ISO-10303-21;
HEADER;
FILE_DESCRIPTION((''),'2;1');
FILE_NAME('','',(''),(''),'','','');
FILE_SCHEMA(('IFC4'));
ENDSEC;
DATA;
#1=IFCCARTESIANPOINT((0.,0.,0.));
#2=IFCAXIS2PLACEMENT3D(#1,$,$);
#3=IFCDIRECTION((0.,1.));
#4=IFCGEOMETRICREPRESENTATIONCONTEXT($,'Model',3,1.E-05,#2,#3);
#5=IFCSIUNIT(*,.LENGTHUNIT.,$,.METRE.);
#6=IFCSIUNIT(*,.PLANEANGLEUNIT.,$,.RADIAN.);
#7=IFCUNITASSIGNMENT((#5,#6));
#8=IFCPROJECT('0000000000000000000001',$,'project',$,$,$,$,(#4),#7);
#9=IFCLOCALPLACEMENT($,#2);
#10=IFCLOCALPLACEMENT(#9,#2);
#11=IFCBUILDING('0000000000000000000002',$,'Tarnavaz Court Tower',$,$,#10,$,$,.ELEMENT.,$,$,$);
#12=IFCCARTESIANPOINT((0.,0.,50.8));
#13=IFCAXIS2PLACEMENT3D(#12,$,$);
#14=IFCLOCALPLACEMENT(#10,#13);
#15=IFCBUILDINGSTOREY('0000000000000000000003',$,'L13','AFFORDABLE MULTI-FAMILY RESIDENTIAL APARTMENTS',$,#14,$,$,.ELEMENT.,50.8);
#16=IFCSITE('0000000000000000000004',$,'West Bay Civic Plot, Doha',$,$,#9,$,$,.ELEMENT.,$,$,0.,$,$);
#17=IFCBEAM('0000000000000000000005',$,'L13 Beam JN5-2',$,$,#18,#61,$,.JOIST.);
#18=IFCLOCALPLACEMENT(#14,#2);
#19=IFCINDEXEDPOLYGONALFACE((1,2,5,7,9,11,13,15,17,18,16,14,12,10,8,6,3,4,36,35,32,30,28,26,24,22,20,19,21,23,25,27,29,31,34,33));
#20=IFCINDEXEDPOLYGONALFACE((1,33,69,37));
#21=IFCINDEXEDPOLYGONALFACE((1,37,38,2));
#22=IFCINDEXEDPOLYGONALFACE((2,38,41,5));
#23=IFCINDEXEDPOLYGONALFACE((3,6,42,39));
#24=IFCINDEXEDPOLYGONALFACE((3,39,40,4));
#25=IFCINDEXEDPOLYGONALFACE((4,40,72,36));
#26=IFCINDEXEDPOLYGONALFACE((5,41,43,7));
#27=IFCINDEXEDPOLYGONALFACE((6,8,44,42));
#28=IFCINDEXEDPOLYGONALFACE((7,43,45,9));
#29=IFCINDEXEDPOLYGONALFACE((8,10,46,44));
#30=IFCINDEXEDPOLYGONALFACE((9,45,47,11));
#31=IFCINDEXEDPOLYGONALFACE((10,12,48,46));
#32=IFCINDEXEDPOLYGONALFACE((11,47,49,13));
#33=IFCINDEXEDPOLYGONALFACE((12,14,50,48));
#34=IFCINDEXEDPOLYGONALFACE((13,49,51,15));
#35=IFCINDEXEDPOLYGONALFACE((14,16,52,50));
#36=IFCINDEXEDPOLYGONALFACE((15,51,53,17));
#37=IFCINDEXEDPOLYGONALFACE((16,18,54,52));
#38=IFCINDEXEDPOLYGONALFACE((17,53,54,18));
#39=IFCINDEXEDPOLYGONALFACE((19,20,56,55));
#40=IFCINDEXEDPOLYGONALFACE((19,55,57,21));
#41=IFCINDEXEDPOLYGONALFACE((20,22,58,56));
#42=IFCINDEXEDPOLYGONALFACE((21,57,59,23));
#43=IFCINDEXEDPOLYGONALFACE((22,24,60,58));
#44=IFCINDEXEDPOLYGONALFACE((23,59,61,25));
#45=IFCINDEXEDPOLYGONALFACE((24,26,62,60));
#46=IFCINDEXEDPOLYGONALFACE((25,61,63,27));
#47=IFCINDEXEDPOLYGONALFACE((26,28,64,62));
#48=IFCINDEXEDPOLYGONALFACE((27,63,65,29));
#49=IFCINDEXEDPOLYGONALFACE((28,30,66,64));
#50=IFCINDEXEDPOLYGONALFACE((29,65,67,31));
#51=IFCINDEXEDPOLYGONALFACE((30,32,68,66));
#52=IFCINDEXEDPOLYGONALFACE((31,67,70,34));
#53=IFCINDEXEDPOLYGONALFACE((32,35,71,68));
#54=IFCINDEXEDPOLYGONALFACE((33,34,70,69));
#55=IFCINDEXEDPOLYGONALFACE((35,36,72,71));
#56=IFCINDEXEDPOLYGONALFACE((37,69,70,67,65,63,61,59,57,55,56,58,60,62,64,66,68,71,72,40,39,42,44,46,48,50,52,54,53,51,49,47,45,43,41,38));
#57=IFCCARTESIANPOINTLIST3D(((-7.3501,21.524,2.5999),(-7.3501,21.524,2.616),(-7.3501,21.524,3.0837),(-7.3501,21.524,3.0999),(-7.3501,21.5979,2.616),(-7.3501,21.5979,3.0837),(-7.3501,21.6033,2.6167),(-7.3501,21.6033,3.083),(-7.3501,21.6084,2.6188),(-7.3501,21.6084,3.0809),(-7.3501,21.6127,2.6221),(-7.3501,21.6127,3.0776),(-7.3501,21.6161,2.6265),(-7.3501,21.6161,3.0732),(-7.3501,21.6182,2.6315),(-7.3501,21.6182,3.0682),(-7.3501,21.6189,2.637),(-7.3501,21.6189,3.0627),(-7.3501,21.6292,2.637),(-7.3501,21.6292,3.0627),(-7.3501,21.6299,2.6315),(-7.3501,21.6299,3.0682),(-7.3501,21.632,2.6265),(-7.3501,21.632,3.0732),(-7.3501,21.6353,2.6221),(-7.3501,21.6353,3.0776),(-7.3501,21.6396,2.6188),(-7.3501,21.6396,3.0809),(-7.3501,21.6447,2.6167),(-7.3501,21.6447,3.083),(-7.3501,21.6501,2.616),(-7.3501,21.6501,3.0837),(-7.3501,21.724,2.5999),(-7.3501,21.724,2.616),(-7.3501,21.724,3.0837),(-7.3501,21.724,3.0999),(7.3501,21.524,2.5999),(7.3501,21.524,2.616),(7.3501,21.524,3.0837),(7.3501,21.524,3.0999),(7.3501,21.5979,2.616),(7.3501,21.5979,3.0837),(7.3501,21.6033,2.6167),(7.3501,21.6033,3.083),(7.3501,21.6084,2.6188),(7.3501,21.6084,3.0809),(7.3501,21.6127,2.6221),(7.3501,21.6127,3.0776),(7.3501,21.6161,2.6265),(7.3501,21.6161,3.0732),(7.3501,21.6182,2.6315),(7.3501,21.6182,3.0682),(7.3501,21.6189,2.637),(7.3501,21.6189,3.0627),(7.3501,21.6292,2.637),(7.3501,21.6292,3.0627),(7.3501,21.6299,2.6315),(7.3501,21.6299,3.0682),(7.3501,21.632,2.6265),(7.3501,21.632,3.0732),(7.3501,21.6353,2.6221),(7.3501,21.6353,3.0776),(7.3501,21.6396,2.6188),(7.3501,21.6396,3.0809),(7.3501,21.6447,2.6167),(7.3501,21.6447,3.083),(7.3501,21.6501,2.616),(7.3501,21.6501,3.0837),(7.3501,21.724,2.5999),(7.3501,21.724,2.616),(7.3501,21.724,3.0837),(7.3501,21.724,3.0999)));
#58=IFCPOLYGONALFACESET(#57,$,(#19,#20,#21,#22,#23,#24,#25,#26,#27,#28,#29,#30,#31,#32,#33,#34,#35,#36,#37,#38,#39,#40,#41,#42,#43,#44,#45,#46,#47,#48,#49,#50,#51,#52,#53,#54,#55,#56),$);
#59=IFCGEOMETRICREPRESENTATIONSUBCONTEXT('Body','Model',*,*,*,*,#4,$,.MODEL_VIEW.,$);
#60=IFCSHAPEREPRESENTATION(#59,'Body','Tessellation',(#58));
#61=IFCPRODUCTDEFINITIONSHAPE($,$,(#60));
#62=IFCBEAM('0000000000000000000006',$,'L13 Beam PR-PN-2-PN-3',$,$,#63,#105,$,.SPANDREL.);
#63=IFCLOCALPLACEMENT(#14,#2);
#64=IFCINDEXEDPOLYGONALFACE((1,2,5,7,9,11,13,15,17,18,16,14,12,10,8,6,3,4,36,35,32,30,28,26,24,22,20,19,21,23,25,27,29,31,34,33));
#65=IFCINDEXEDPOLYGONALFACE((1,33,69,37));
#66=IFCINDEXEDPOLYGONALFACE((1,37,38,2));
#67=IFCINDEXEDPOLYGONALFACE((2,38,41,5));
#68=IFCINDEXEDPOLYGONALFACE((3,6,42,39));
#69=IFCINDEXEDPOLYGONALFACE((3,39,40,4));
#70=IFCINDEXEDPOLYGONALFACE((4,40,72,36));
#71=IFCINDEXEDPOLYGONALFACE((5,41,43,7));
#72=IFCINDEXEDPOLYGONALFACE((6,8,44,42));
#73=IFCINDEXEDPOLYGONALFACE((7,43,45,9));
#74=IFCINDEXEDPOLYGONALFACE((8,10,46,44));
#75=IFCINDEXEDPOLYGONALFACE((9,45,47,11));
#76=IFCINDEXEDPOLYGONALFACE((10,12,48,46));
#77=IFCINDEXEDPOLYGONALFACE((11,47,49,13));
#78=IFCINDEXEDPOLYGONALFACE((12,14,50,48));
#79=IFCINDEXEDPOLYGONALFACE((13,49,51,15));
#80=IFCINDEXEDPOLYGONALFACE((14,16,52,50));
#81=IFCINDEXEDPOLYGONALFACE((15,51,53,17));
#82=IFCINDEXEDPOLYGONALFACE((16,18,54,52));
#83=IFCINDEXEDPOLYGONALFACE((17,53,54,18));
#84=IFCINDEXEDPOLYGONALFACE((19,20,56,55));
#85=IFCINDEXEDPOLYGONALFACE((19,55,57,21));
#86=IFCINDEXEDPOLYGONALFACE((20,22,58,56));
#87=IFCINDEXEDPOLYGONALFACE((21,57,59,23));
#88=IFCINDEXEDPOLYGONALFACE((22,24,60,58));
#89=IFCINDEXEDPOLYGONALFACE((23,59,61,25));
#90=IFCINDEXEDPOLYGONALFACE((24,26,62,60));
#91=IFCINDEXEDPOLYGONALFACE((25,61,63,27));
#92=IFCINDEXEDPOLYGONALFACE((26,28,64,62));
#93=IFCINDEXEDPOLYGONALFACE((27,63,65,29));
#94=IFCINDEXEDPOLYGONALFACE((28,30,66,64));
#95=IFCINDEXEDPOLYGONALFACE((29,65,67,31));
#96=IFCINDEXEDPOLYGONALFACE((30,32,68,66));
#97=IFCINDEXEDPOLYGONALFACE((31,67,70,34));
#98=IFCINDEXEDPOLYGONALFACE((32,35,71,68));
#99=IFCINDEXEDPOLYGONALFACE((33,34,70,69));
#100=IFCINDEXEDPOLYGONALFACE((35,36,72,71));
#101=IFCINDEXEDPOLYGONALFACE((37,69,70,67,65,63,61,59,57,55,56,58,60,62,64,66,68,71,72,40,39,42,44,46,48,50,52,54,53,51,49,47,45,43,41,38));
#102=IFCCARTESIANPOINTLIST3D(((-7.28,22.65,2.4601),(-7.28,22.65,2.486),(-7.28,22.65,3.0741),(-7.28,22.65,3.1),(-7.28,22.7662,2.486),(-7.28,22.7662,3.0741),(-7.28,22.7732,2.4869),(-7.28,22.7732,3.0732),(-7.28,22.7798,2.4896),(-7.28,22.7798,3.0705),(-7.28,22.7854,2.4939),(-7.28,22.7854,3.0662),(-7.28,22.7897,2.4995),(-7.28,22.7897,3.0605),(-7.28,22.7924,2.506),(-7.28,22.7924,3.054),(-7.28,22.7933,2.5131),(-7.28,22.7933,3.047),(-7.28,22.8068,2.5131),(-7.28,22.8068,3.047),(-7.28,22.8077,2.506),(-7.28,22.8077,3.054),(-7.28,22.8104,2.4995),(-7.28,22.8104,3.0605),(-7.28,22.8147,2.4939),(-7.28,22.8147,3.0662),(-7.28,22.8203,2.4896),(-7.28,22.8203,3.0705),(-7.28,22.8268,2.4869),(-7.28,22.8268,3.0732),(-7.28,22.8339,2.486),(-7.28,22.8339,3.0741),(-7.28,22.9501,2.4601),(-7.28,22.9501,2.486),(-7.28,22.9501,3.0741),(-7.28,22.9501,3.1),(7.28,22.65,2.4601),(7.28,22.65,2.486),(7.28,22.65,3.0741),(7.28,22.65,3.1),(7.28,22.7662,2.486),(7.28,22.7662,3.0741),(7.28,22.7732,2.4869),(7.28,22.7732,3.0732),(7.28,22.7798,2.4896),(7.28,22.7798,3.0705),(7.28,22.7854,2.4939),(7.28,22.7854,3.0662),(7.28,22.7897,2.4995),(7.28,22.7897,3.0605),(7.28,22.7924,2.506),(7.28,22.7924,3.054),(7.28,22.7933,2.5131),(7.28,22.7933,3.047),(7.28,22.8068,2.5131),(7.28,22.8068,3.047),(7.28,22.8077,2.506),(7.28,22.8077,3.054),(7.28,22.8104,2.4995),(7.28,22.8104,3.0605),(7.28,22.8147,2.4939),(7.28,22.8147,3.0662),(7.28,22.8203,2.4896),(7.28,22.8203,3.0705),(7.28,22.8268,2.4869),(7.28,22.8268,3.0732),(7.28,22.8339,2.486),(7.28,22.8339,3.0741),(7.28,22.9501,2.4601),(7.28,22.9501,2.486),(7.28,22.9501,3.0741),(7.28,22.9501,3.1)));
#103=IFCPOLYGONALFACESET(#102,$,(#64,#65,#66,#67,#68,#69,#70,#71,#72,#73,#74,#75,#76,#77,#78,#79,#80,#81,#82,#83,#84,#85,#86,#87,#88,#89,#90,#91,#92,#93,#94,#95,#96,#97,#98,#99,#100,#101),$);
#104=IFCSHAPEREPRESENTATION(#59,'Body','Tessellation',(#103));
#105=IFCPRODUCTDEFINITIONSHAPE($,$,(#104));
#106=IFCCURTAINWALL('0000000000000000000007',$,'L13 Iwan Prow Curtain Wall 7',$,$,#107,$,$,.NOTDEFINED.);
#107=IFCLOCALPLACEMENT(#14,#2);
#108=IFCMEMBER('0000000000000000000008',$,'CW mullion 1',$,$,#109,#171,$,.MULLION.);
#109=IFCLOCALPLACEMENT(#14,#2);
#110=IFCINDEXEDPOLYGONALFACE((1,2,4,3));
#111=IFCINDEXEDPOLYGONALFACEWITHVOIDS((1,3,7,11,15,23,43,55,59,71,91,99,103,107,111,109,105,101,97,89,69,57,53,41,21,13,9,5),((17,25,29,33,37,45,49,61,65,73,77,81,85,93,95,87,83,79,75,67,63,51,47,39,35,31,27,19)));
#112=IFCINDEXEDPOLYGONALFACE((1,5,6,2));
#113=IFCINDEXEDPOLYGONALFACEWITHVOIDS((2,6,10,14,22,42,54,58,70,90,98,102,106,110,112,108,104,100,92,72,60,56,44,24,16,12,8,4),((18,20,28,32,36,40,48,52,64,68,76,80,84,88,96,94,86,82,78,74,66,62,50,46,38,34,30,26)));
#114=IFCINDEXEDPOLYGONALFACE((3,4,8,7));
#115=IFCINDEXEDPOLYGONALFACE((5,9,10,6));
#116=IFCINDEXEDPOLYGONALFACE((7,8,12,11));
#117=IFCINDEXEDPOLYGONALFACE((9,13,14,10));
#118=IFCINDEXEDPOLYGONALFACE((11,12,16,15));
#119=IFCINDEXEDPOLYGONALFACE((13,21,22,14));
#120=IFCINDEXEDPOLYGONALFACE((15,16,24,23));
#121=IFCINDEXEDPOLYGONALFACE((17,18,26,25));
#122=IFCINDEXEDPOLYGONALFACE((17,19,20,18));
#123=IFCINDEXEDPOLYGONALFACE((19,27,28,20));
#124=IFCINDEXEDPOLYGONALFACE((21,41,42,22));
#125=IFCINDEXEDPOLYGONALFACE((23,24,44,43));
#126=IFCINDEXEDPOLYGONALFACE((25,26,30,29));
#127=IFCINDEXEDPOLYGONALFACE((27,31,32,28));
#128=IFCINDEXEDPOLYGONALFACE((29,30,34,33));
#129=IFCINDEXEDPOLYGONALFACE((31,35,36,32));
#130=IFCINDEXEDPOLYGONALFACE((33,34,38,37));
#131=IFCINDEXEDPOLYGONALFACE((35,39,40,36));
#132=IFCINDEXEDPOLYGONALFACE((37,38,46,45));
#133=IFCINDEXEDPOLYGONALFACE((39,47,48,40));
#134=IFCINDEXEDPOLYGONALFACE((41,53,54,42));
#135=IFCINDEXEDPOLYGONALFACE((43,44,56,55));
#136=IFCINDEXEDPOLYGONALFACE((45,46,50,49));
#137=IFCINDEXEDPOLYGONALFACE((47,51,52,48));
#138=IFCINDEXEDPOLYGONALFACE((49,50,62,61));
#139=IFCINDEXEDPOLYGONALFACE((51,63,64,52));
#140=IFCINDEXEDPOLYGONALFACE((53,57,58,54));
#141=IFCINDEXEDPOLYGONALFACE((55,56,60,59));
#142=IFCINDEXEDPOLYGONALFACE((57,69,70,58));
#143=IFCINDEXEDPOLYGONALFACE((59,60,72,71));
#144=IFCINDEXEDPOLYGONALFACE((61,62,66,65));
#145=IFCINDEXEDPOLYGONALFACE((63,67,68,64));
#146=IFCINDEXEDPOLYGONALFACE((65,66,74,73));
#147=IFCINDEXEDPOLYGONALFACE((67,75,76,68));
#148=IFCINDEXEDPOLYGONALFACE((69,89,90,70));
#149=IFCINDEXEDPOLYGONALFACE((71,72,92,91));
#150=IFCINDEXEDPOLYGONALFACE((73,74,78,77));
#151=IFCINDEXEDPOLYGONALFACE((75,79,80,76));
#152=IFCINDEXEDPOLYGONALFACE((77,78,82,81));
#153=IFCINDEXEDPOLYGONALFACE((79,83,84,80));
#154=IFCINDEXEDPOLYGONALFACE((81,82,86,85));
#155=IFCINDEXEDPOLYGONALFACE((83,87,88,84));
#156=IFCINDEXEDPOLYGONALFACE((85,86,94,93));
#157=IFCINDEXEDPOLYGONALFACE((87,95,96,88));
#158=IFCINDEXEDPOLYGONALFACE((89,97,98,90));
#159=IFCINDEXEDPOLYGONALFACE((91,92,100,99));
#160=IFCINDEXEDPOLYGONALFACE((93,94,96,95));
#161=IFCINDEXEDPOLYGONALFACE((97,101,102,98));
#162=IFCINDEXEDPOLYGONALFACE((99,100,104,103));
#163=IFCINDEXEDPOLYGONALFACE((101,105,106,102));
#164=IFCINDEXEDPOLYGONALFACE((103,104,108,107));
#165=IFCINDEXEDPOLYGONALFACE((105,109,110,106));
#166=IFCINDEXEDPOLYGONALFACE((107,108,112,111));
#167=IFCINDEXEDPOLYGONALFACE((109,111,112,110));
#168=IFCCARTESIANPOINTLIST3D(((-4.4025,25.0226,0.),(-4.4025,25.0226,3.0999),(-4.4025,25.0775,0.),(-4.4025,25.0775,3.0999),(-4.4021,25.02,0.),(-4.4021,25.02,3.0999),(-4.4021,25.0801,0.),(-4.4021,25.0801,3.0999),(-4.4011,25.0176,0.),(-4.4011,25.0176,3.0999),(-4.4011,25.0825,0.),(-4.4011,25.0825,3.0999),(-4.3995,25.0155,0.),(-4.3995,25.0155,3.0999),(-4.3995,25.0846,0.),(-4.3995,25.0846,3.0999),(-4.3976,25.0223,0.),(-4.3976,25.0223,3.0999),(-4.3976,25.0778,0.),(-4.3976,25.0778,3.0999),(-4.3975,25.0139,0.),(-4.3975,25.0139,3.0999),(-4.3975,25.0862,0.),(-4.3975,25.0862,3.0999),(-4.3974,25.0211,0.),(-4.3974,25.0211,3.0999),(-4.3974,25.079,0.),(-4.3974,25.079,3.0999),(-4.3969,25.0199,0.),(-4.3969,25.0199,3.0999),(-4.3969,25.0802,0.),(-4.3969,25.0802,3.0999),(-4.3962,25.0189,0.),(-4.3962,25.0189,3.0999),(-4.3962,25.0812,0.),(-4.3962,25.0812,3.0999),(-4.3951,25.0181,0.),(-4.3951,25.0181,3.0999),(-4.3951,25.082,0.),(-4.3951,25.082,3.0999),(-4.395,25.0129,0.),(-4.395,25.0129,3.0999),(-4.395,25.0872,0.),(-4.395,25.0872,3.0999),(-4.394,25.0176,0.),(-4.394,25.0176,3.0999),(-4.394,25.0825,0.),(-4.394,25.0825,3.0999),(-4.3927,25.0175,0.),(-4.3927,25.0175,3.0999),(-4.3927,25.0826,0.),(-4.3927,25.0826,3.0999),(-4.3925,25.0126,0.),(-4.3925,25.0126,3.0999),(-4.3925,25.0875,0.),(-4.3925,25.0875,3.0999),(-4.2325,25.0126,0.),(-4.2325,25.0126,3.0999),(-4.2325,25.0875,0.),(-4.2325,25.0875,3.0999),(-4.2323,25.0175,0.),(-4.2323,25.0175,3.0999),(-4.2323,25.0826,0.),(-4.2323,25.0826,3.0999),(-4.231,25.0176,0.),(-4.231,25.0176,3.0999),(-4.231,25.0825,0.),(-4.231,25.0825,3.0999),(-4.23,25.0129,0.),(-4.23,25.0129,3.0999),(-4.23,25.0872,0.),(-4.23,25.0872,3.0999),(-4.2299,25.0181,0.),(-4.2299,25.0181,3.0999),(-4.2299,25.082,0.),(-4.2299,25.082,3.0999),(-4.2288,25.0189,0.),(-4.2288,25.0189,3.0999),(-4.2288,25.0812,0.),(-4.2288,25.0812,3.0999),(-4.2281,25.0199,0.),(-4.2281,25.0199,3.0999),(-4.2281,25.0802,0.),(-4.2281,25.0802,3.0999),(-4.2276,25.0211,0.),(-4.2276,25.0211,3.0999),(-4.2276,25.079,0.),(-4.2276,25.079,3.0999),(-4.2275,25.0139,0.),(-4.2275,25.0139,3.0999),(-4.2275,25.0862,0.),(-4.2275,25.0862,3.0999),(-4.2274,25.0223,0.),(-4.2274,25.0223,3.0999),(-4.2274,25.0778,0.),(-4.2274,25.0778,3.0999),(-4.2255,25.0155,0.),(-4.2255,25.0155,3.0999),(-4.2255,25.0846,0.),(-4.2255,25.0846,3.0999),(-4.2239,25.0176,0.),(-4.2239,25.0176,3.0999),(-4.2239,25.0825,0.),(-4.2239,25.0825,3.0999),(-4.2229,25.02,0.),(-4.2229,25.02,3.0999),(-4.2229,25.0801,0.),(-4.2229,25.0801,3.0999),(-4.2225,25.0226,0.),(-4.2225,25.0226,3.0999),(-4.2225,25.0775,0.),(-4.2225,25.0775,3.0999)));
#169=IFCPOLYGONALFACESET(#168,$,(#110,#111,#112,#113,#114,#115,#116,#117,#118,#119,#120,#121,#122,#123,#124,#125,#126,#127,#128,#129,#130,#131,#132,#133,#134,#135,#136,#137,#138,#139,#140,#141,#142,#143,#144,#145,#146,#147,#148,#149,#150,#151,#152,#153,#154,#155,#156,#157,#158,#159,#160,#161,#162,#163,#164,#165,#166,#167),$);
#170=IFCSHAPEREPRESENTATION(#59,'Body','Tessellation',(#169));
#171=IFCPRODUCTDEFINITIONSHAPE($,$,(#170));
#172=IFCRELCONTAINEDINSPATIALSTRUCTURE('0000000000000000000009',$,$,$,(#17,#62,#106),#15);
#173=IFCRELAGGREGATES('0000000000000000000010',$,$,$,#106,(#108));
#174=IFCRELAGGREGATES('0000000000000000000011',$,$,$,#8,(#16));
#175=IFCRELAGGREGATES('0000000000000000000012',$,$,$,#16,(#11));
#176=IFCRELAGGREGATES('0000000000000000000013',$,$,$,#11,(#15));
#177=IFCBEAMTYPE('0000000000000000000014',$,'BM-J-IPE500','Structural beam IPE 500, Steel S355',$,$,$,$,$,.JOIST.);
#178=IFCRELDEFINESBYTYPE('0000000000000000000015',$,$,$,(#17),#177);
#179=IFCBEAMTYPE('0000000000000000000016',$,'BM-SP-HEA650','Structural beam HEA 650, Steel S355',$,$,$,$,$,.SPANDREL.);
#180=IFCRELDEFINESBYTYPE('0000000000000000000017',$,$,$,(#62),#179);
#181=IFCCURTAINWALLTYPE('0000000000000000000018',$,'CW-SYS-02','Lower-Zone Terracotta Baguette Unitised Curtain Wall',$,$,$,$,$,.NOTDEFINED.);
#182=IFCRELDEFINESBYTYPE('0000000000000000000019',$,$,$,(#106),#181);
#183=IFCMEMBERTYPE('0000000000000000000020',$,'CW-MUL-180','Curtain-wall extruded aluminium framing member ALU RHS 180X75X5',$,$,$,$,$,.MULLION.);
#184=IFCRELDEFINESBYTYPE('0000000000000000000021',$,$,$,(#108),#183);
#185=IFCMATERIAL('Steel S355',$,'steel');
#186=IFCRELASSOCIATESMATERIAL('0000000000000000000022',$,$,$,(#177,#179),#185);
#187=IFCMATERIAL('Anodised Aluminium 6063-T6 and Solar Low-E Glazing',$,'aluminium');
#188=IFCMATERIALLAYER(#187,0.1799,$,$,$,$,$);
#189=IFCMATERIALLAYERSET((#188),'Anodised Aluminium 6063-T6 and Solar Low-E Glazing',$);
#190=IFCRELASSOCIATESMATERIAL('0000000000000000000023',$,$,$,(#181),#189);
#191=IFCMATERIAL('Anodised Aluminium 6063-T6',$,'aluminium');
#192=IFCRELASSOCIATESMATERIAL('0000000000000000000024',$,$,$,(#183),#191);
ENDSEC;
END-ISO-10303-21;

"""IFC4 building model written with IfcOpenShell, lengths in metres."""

from ifc_helpers import new_model, si_unit, direction, frame, origin, origin_2d, place, context, subcontext, project, spatial, hollow_rectangle, i_section, extrude, material, layer, layer_set, material_profile, profile_set, type_object, element, aggregate, save


model = new_model("IFC4")

# Units and contexts
model_context = context("Model", 3, precision=1e-05, world=origin(), true_north=direction((0.0, 1.0)))
body_context = subcontext(model_context, "Body", "Model", "MODEL_VIEW")
ifc_project = project(units=[si_unit("LENGTHUNIT", "METRE"), si_unit("PLANEANGLEUNIT", "RADIAN")], contexts=[model_context])

# Site, building, storey
site_placement = place(None, origin())
site = spatial("IfcSite", under=ifc_project, at=site_placement, Name="West Bay Civic Plot, Doha", CompositionType="ELEMENT", RefElevation=0.0)
building_placement = place(site_placement, origin())
building = spatial("IfcBuilding", under=site, at=building_placement, Name="Tarnavaz Court Tower", CompositionType="ELEMENT")
storey_placement = place(building_placement, frame((0.0, 0.0, 50.8)))
storey = spatial("IfcBuildingStorey", under=building, at=storey_placement, Name="L13", Description="AFFORDABLE MULTI-FAMILY RESIDENTIAL APARTMENTS", CompositionType="ELEMENT", Elevation=50.8)

# Beams
ifc_material_1 = material(Name="Steel S355", Category="steel")
ifc_material_profile_1 = material_profile(ifc_material_1, i_section(OverallWidth=0.2, OverallDepth=0.5, WebThickness=0.0103, FlangeThickness=0.0161, FilletRadius=0.021, at=origin_2d()), Name="IPE 500")
ifc_profile_set_1 = profile_set([ifc_material_profile_1], Name="Steel S355")
beam_type_1 = type_object("IfcBeamType", Name="BM-J-IPE500", Description="Structural beam IPE 500, Steel S355", PredefinedType="JOIST", material=ifc_profile_set_1)
for number, where, z_axis, x_axis, name in (
    (1, (-7.3501, 21.624, 2.8499), (1.0, 0.0, 0.0), (0.0, 1.0, 0.0), "L13 Beam JN5-2"),
):
    element("IfcBeam", number, at=place(storey_placement, frame(where, z_axis=z_axis, x_axis=x_axis)), inside=storey, type_object=beam_type_1, Name=name, PredefinedType="JOIST", context=body_context, shape_type="SweptSolid", body=[
        extrude(i_section(OverallWidth=0.2, OverallDepth=0.5, WebThickness=0.0103, FlangeThickness=0.0161, FilletRadius=0.021, at=origin_2d()), origin(), (0.0, 0.0, 1.0), 14.7002),
    ])
ifc_material_profile_2 = material_profile(ifc_material_1, i_section(OverallWidth=0.3, OverallDepth=0.6399, WebThickness=0.0134, FlangeThickness=0.0259, FilletRadius=0.0271, at=origin_2d()), Name="HEA 650")
ifc_profile_set_2 = profile_set([ifc_material_profile_2], Name="Steel S355")
beam_type_2 = type_object("IfcBeamType", Name="BM-SP-HEA650", Description="Structural beam HEA 650, Steel S355", PredefinedType="SPANDREL", material=ifc_profile_set_2)
beam_placement = place(storey_placement, frame((-7.28, 22.8, 2.78), z_axis=(1.0, 0.0, 0.0), x_axis=(0.0, 1.0, 0.0)))
element("IfcBeam", 2, at=beam_placement, inside=storey, type_object=beam_type_2, Name="L13 Beam PR-PN-2-PN-3", PredefinedType="SPANDREL", context=body_context, shape_type="SweptSolid", body=[
    extrude(i_section(OverallWidth=0.3, OverallDepth=0.6399, WebThickness=0.0134, FlangeThickness=0.0259, FilletRadius=0.0271, at=origin_2d()), origin(), (0.0, 0.0, 1.0), 14.5601),
])

# Curtain wall, member
ifc_material_2 = material(Name="Anodised Aluminium 6063-T6 and Solar Low-E Glazing", Category="aluminium")
ifc_layer_1 = layer(ifc_material_2, 0.1799)
ifc_layer_set_1 = layer_set([ifc_layer_1], Name="Anodised Aluminium 6063-T6 and Solar Low-E Glazing")
curtain_wall_type = type_object("IfcCurtainWallType", Name="CW-SYS-02", Description="Lower-Zone Terracotta Baguette Unitised Curtain Wall", PredefinedType="NOTDEFINED", material=ifc_layer_set_1)
curtain_wall_placement = place(storey_placement, origin())
curtain_wall = element("IfcCurtainWall", 3, at=curtain_wall_placement, inside=storey, type_object=curtain_wall_type, Name="L13 Iwan Prow Curtain Wall 7", PredefinedType="NOTDEFINED")
ifc_material_3 = material(Name="Anodised Aluminium 6063-T6", Category="aluminium")
ifc_material_profile_3 = material_profile(ifc_material_3, hollow_rectangle(XDim=0.075, YDim=0.1799, WallThickness=0.0049, InnerFilletRadius=0.0049, OuterFilletRadius=0.01, at=origin_2d()), Name="ALU RHS 180X75X5")
ifc_profile_set_3 = profile_set([ifc_material_profile_3], Name="Anodised Aluminium 6063-T6")
member_type_1 = type_object("IfcMemberType", Name="CW-MUL-180", Description="Curtain-wall extruded aluminium framing member ALU RHS 180X75X5", PredefinedType="MULLION", material=ifc_profile_set_3)
member_1_placement = place(storey_placement, frame((-4.3125, 25.05, 0.0), z_axis=(0.0, 0.0, 1.0), x_axis=(0.0, 1.0, 0.0)))
member_1 = element("IfcMember", 4, at=member_1_placement, type_object=member_type_1, Name="CW mullion 1", PredefinedType="MULLION", context=body_context, shape_type="SweptSolid", body=[
    extrude(hollow_rectangle(XDim=0.075, YDim=0.1799, WallThickness=0.0049, InnerFilletRadius=0.0049, OuterFilletRadius=0.01, at=origin_2d()), origin(), (0.0, 0.0, 1.0), 3.0999),
])
aggregate(curtain_wall, [member_1])

save(model, "model.ifc")
